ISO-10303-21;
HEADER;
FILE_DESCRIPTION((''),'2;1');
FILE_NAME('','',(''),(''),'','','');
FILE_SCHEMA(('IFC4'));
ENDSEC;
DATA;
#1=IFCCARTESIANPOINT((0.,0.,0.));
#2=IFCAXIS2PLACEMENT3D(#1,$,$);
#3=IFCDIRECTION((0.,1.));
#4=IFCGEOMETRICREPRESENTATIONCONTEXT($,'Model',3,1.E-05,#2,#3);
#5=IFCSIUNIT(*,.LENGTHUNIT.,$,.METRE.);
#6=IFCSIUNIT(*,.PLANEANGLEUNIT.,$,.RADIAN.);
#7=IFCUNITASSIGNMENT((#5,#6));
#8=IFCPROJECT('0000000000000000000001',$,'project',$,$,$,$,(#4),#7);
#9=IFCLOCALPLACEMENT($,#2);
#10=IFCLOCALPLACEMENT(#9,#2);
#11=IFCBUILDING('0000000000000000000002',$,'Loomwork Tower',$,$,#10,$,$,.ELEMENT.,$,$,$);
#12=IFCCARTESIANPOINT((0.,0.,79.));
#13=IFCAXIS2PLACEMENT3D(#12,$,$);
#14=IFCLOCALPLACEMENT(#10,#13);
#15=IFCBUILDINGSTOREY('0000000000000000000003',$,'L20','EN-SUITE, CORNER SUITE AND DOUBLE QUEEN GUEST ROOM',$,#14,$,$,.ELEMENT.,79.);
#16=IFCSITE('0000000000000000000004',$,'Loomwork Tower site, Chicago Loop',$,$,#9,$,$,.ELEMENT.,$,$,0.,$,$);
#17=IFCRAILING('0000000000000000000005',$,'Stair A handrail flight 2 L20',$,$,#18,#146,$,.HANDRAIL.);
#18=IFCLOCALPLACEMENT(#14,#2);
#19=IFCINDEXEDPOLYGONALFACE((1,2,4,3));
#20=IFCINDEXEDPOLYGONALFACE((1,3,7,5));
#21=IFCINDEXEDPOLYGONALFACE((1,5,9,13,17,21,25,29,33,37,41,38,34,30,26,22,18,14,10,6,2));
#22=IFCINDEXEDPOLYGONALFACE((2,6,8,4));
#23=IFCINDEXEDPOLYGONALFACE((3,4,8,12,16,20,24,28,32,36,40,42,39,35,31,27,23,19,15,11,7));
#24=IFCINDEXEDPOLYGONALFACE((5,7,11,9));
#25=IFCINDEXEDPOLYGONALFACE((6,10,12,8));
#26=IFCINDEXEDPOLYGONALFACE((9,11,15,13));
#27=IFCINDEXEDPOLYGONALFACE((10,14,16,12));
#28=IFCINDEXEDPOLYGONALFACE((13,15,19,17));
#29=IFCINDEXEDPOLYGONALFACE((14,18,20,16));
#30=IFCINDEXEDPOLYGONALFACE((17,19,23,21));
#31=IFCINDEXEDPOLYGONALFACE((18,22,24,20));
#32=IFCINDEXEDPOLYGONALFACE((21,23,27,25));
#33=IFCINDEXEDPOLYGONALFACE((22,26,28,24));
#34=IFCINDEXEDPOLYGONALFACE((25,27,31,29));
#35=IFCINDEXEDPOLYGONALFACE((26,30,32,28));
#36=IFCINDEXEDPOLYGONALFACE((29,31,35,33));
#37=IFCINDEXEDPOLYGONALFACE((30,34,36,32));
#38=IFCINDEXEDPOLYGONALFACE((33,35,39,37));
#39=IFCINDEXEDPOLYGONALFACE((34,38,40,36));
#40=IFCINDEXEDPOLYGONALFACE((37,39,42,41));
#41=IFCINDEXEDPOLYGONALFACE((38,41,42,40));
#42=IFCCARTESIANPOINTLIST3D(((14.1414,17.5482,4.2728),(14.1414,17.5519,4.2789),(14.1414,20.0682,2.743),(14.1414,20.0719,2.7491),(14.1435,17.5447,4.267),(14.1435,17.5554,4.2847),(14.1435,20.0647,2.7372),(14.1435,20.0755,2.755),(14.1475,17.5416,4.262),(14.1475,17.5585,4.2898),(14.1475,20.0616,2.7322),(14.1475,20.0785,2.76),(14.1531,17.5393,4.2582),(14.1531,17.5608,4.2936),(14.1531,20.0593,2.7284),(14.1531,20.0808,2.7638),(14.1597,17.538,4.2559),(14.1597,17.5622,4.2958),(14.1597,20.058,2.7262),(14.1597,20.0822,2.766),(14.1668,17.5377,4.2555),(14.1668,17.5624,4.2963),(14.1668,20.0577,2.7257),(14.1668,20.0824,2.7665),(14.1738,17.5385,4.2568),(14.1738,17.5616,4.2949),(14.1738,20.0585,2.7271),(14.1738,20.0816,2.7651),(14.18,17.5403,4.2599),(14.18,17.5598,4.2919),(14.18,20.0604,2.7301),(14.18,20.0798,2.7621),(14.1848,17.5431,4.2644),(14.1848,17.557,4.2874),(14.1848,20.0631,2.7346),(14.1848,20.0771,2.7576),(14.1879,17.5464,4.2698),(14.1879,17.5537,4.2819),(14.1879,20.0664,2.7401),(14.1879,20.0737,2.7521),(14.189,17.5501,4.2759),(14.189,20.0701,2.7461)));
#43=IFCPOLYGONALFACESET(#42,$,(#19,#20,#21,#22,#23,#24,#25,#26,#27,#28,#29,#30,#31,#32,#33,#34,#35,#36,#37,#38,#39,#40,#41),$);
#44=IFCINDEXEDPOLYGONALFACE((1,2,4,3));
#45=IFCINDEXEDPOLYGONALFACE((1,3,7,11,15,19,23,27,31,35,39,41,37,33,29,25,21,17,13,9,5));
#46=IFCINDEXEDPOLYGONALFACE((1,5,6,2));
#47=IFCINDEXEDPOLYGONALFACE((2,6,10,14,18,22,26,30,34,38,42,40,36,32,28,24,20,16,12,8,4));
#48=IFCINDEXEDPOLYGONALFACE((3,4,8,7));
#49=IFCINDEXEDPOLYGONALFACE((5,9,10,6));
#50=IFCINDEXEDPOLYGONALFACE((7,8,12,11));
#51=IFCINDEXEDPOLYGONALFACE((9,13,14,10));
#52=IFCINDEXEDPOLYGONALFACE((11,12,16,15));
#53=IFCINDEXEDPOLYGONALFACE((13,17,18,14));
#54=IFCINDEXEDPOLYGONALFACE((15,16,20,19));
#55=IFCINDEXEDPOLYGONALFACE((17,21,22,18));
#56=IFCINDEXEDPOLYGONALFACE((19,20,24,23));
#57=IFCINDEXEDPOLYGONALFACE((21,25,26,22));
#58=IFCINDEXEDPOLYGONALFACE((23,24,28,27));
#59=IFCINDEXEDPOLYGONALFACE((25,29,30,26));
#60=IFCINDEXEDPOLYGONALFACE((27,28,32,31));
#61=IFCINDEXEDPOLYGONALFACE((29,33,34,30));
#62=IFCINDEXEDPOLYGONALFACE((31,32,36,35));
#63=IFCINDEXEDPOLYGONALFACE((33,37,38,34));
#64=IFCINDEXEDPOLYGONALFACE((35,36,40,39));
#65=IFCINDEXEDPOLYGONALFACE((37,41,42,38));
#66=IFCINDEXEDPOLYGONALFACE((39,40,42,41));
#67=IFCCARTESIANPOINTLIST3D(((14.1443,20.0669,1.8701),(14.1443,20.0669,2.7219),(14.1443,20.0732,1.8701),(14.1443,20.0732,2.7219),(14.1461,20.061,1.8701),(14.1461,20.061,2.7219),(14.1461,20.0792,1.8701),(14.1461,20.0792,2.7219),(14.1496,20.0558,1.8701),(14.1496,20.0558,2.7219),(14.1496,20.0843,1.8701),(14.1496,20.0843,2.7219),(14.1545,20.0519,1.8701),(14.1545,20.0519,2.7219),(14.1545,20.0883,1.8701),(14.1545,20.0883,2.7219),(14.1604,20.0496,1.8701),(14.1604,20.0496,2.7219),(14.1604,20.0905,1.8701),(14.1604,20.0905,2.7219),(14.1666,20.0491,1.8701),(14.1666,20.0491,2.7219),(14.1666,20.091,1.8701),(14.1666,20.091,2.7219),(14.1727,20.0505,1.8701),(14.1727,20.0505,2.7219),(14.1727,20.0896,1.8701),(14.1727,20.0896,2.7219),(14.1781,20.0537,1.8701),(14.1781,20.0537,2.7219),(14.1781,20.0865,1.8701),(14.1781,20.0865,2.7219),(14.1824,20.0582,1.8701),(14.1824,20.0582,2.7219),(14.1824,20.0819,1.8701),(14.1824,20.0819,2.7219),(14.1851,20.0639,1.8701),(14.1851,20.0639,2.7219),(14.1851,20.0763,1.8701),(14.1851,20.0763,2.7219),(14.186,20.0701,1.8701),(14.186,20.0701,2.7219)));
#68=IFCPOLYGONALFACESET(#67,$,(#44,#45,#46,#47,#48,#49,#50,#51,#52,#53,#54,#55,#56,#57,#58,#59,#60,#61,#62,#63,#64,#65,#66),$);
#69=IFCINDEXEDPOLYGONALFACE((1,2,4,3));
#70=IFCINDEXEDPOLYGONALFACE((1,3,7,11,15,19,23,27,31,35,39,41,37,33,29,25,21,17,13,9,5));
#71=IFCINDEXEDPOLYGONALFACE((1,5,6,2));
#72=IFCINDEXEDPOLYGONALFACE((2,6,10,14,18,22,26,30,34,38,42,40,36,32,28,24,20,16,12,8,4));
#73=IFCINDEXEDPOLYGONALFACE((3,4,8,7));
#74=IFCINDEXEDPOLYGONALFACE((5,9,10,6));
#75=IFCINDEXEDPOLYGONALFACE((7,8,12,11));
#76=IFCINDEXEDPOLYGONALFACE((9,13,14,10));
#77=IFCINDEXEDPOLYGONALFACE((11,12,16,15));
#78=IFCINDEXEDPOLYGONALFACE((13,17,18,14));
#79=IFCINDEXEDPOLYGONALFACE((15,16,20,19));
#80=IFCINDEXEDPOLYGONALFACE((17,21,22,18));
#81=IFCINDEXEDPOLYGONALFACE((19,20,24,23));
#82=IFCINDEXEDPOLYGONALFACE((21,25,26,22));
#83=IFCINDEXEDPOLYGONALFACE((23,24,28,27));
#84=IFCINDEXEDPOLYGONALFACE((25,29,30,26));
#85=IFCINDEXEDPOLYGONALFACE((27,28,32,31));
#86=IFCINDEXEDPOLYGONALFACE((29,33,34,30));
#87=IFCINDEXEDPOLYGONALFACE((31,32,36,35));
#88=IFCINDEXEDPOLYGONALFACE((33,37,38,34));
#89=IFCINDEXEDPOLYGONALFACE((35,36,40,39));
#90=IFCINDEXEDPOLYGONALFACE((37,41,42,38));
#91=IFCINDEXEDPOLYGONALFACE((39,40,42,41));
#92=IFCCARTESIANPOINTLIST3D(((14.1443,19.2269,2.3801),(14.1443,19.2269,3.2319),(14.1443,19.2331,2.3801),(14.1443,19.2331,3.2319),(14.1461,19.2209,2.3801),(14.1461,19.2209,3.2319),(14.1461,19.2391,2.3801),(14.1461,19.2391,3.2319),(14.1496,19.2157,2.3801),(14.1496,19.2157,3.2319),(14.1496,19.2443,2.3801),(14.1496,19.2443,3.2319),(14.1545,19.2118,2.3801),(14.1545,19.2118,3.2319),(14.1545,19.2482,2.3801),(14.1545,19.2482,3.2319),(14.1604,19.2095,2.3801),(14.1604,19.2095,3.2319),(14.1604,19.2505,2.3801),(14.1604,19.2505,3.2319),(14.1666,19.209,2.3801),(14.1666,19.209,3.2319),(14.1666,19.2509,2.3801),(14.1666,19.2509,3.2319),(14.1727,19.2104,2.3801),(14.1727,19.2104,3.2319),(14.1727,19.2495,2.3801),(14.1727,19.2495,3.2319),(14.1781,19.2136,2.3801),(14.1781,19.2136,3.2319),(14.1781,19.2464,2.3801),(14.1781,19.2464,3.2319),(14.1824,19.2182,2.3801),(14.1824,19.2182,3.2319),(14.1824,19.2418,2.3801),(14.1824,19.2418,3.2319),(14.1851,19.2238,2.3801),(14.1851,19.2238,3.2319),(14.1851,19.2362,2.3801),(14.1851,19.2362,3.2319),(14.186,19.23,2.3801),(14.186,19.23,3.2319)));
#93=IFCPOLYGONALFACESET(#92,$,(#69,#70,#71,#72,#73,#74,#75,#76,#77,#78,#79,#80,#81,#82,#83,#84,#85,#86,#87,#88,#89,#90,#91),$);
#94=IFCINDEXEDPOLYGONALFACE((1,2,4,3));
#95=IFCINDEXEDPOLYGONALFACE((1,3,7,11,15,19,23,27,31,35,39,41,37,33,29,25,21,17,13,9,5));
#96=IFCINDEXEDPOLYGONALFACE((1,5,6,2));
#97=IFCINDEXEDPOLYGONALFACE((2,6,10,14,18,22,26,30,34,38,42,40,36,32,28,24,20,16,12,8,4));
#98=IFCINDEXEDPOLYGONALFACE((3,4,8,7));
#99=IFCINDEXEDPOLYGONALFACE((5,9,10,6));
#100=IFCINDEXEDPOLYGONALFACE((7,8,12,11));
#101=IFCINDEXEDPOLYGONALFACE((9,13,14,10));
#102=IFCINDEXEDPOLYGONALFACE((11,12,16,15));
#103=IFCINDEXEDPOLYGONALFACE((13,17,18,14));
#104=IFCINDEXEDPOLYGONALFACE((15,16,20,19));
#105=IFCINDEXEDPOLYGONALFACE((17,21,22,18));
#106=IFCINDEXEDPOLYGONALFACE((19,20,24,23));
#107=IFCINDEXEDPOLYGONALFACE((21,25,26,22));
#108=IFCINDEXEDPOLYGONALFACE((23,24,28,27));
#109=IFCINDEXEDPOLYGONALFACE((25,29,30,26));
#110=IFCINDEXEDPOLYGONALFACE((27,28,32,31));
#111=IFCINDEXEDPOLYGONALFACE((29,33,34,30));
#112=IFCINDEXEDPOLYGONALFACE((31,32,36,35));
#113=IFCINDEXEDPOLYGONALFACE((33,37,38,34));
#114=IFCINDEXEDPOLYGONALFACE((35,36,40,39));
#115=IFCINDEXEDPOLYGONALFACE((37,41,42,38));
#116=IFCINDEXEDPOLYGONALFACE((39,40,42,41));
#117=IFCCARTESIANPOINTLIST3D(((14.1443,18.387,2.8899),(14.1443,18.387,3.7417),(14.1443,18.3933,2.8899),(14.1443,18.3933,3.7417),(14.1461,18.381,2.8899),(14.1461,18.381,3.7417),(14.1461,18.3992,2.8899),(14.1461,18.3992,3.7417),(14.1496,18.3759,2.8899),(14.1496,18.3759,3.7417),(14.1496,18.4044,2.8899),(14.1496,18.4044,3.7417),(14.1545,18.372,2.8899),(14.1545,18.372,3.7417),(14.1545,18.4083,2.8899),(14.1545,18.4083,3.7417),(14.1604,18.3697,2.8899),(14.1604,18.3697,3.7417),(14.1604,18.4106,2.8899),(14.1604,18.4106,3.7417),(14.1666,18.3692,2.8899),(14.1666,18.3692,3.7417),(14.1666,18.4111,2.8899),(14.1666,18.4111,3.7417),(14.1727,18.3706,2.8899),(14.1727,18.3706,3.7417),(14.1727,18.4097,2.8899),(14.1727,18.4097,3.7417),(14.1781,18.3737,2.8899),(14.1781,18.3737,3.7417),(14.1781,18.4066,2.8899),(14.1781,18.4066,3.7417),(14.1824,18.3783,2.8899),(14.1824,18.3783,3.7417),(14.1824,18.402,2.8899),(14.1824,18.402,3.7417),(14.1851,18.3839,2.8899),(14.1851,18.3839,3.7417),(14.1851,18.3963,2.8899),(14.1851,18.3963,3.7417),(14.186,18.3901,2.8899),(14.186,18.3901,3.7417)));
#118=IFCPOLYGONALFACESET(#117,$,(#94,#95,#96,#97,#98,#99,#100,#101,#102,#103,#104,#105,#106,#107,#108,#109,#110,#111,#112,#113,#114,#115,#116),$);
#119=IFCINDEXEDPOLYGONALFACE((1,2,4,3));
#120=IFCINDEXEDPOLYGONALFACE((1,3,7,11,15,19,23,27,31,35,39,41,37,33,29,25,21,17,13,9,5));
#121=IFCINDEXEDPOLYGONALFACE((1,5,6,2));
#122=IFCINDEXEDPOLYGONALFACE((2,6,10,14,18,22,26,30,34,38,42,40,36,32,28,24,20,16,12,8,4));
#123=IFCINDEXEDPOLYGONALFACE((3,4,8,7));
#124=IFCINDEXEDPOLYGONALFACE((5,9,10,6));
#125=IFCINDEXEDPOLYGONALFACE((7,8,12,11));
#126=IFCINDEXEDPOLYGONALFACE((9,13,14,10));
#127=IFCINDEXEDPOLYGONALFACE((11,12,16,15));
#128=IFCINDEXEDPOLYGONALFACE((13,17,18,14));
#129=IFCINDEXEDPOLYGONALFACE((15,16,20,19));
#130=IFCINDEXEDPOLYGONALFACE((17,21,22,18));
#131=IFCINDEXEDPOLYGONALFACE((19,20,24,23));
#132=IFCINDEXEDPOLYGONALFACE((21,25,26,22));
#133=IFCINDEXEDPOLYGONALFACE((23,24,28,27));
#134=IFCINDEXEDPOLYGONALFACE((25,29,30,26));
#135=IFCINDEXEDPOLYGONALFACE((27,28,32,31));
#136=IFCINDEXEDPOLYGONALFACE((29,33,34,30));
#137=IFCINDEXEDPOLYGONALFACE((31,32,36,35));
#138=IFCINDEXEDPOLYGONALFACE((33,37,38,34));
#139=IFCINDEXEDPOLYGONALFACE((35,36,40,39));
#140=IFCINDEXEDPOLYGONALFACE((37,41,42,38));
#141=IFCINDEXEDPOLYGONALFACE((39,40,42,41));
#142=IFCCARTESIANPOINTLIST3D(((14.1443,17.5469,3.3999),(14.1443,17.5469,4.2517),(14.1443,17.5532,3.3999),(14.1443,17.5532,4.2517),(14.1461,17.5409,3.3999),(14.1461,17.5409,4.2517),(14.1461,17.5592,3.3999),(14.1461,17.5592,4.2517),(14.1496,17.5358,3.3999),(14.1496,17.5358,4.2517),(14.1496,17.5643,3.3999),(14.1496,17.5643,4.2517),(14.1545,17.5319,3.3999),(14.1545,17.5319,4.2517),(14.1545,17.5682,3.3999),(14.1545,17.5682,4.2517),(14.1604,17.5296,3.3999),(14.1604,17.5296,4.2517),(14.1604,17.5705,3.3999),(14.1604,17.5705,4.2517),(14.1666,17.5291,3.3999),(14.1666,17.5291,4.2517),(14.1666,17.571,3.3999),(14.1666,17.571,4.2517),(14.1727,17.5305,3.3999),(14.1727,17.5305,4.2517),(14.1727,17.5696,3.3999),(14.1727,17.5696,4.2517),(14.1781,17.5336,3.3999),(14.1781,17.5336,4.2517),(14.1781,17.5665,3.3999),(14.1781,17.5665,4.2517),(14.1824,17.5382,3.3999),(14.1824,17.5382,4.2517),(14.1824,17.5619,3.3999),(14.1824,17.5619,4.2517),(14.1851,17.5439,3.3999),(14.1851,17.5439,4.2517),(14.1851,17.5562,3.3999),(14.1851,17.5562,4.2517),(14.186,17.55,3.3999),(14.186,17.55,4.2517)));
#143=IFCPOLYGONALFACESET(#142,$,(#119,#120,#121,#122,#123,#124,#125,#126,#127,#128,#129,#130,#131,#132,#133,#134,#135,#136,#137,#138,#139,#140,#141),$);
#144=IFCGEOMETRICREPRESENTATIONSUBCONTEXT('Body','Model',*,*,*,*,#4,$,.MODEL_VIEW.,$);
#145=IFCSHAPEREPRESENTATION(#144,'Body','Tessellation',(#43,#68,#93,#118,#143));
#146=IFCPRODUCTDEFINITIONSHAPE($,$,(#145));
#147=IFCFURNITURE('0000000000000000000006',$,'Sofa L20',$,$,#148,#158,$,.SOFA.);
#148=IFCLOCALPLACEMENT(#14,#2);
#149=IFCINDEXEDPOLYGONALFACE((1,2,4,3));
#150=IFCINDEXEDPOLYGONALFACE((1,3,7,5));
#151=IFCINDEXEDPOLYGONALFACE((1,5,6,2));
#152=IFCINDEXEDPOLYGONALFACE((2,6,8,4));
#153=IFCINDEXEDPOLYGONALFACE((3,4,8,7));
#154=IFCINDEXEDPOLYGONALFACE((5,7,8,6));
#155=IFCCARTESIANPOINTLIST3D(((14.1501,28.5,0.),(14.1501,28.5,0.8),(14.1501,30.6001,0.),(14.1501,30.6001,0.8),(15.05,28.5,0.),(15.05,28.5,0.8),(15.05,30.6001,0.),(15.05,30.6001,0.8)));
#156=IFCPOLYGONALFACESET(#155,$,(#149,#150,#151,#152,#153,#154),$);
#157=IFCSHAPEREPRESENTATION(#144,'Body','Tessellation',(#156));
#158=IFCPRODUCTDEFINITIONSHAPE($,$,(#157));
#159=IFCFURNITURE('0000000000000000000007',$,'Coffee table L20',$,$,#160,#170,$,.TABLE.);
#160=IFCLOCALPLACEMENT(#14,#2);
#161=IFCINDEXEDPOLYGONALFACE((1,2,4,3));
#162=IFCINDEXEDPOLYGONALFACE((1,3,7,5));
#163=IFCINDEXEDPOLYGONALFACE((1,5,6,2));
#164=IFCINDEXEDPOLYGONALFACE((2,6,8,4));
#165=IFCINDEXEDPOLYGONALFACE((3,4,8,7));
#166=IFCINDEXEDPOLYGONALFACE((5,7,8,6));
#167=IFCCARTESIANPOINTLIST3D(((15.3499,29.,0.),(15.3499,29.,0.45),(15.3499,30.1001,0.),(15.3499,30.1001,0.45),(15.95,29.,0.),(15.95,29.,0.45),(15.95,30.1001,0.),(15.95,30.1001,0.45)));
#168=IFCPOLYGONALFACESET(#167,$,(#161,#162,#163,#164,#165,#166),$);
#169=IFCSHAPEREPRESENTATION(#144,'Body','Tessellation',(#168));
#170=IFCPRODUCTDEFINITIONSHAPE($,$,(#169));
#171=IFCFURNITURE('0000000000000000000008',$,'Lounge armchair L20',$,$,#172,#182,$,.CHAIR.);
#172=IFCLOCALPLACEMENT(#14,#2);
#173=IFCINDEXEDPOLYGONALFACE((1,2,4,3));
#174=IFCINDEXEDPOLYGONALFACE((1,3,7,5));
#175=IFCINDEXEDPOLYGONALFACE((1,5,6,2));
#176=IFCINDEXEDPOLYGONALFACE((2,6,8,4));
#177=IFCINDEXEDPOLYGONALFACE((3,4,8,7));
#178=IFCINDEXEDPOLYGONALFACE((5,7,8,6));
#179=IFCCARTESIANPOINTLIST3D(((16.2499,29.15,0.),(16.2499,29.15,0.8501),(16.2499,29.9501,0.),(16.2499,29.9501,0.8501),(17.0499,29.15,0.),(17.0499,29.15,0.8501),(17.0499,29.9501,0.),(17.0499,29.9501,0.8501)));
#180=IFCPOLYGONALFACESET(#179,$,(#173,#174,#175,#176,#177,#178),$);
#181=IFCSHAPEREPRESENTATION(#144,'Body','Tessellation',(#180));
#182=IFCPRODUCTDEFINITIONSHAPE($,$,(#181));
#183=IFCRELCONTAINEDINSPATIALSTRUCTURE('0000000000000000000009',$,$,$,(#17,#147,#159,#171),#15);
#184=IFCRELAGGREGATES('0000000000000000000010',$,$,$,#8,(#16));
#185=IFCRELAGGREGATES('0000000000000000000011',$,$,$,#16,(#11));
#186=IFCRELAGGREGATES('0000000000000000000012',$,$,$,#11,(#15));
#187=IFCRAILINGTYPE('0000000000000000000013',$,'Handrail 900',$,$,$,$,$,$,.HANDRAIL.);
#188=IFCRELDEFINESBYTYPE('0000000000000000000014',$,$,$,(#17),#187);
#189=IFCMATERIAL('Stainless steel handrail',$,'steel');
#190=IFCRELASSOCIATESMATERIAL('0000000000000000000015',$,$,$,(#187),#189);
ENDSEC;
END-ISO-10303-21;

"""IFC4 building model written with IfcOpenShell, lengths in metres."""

from ifc_helpers import new_model, si_unit, direction, frame, origin, origin_2d, place, context, subcontext, project, spatial, rectangle, circle, extrude, material, type_object, element, save


model = new_model("IFC4")

# Units and contexts
model_context = context("Model", 3, precision=1e-05, world=origin(), true_north=direction((0.0, 1.0)))
body_context = subcontext(model_context, "Body", "Model", "MODEL_VIEW")
ifc_project = project(units=[si_unit("LENGTHUNIT", "METRE"), si_unit("PLANEANGLEUNIT", "RADIAN")], contexts=[model_context])

# Site, building, storey
site_placement = place(None, origin())
site = spatial("IfcSite", under=ifc_project, at=site_placement, Name="Loomwork Tower site, Chicago Loop", CompositionType="ELEMENT", RefElevation=0.0)
building_placement = place(site_placement, origin())
building = spatial("IfcBuilding", under=site, at=building_placement, Name="Loomwork Tower", CompositionType="ELEMENT")
storey_placement = place(building_placement, frame((0.0, 0.0, 79.0)))
storey = spatial("IfcBuildingStorey", under=building, at=storey_placement, Name="L20", Description="EN-SUITE, CORNER SUITE AND DOUBLE QUEEN GUEST ROOM", CompositionType="ELEMENT", Elevation=79.0)

# Railing
ifc_material_1 = material(Name="Stainless steel handrail", Category="steel")
railing_type = type_object("IfcRailingType", Name="Handrail 900", PredefinedType="HANDRAIL", material=ifc_material_1)
railing_1_placement = place(storey_placement, frame((14.165, 20.0701, 1.8701)))
element("IfcRailing", 1, at=railing_1_placement, inside=storey, type_object=railing_type, Name="Stair A handrail flight 2 L20", PredefinedType="HANDRAIL", context=body_context, shape_type="SweptSolid", body=[
    extrude(circle(Radius=0.0239, at=origin_2d()), frame((0.0, 0.0, 0.876), z_axis=(0.0, -0.854822, 0.518922), x_axis=(1.0, 0.0, 0.0)), (0.0, 0.0, 1.0), 2.948),
    extrude(circle(Radius=0.021, at=origin_2d()), origin(), (0.0, 0.0, 1.0), 0.8518),
    extrude(circle(Radius=0.021, at=origin_2d()), frame((0.0, -0.8401, 0.51)), (0.0, 0.0, 1.0), 0.8518),
    extrude(circle(Radius=0.021, at=origin_2d()), frame((0.0, -1.6799, 1.0198)), (0.0, 0.0, 1.0), 0.8518),
    extrude(circle(Radius=0.021, at=origin_2d()), frame((0.0, -2.52, 1.5298)), (0.0, 0.0, 1.0), 0.8518),
])

# Furniture
furniture_1_placement = place(storey_placement, frame((14.6001, 29.55, 0.0), z_axis=(0.0, 0.0, 1.0), x_axis=(1.0, 0.0, 0.0)))
element("IfcFurniture", 2, at=furniture_1_placement, inside=storey, Name="Sofa L20", PredefinedType="SOFA", context=body_context, shape_type="SweptSolid", body=[
    extrude(rectangle(XDim=0.8999, YDim=2.1001, at=origin_2d()), origin(), (0.0, 0.0, 1.0), 0.8),
])
furniture_2_placement = place(storey_placement, frame((15.6499, 29.55, 0.0), z_axis=(0.0, 0.0, 1.0), x_axis=(1.0, 0.0, 0.0)))
element("IfcFurniture", 3, at=furniture_2_placement, inside=storey, Name="Coffee table L20", PredefinedType="TABLE", context=body_context, shape_type="SweptSolid", body=[
    extrude(rectangle(XDim=0.6001, YDim=1.1001, at=origin_2d()), origin(), (0.0, 0.0, 1.0), 0.45),
])
furniture_3_placement = place(storey_placement, frame((16.6499, 29.55, 0.0), z_axis=(0.0, 0.0, 1.0), x_axis=(1.0, 0.0, 0.0)))
element("IfcFurniture", 4, at=furniture_3_placement, inside=storey, Name="Lounge armchair L20", PredefinedType="CHAIR", context=body_context, shape_type="SweptSolid", body=[
    extrude(rectangle(XDim=0.8, YDim=0.8, at=origin_2d()), origin(), (0.0, 0.0, 1.0), 0.8501),
])

save(model, "model.ifc")
